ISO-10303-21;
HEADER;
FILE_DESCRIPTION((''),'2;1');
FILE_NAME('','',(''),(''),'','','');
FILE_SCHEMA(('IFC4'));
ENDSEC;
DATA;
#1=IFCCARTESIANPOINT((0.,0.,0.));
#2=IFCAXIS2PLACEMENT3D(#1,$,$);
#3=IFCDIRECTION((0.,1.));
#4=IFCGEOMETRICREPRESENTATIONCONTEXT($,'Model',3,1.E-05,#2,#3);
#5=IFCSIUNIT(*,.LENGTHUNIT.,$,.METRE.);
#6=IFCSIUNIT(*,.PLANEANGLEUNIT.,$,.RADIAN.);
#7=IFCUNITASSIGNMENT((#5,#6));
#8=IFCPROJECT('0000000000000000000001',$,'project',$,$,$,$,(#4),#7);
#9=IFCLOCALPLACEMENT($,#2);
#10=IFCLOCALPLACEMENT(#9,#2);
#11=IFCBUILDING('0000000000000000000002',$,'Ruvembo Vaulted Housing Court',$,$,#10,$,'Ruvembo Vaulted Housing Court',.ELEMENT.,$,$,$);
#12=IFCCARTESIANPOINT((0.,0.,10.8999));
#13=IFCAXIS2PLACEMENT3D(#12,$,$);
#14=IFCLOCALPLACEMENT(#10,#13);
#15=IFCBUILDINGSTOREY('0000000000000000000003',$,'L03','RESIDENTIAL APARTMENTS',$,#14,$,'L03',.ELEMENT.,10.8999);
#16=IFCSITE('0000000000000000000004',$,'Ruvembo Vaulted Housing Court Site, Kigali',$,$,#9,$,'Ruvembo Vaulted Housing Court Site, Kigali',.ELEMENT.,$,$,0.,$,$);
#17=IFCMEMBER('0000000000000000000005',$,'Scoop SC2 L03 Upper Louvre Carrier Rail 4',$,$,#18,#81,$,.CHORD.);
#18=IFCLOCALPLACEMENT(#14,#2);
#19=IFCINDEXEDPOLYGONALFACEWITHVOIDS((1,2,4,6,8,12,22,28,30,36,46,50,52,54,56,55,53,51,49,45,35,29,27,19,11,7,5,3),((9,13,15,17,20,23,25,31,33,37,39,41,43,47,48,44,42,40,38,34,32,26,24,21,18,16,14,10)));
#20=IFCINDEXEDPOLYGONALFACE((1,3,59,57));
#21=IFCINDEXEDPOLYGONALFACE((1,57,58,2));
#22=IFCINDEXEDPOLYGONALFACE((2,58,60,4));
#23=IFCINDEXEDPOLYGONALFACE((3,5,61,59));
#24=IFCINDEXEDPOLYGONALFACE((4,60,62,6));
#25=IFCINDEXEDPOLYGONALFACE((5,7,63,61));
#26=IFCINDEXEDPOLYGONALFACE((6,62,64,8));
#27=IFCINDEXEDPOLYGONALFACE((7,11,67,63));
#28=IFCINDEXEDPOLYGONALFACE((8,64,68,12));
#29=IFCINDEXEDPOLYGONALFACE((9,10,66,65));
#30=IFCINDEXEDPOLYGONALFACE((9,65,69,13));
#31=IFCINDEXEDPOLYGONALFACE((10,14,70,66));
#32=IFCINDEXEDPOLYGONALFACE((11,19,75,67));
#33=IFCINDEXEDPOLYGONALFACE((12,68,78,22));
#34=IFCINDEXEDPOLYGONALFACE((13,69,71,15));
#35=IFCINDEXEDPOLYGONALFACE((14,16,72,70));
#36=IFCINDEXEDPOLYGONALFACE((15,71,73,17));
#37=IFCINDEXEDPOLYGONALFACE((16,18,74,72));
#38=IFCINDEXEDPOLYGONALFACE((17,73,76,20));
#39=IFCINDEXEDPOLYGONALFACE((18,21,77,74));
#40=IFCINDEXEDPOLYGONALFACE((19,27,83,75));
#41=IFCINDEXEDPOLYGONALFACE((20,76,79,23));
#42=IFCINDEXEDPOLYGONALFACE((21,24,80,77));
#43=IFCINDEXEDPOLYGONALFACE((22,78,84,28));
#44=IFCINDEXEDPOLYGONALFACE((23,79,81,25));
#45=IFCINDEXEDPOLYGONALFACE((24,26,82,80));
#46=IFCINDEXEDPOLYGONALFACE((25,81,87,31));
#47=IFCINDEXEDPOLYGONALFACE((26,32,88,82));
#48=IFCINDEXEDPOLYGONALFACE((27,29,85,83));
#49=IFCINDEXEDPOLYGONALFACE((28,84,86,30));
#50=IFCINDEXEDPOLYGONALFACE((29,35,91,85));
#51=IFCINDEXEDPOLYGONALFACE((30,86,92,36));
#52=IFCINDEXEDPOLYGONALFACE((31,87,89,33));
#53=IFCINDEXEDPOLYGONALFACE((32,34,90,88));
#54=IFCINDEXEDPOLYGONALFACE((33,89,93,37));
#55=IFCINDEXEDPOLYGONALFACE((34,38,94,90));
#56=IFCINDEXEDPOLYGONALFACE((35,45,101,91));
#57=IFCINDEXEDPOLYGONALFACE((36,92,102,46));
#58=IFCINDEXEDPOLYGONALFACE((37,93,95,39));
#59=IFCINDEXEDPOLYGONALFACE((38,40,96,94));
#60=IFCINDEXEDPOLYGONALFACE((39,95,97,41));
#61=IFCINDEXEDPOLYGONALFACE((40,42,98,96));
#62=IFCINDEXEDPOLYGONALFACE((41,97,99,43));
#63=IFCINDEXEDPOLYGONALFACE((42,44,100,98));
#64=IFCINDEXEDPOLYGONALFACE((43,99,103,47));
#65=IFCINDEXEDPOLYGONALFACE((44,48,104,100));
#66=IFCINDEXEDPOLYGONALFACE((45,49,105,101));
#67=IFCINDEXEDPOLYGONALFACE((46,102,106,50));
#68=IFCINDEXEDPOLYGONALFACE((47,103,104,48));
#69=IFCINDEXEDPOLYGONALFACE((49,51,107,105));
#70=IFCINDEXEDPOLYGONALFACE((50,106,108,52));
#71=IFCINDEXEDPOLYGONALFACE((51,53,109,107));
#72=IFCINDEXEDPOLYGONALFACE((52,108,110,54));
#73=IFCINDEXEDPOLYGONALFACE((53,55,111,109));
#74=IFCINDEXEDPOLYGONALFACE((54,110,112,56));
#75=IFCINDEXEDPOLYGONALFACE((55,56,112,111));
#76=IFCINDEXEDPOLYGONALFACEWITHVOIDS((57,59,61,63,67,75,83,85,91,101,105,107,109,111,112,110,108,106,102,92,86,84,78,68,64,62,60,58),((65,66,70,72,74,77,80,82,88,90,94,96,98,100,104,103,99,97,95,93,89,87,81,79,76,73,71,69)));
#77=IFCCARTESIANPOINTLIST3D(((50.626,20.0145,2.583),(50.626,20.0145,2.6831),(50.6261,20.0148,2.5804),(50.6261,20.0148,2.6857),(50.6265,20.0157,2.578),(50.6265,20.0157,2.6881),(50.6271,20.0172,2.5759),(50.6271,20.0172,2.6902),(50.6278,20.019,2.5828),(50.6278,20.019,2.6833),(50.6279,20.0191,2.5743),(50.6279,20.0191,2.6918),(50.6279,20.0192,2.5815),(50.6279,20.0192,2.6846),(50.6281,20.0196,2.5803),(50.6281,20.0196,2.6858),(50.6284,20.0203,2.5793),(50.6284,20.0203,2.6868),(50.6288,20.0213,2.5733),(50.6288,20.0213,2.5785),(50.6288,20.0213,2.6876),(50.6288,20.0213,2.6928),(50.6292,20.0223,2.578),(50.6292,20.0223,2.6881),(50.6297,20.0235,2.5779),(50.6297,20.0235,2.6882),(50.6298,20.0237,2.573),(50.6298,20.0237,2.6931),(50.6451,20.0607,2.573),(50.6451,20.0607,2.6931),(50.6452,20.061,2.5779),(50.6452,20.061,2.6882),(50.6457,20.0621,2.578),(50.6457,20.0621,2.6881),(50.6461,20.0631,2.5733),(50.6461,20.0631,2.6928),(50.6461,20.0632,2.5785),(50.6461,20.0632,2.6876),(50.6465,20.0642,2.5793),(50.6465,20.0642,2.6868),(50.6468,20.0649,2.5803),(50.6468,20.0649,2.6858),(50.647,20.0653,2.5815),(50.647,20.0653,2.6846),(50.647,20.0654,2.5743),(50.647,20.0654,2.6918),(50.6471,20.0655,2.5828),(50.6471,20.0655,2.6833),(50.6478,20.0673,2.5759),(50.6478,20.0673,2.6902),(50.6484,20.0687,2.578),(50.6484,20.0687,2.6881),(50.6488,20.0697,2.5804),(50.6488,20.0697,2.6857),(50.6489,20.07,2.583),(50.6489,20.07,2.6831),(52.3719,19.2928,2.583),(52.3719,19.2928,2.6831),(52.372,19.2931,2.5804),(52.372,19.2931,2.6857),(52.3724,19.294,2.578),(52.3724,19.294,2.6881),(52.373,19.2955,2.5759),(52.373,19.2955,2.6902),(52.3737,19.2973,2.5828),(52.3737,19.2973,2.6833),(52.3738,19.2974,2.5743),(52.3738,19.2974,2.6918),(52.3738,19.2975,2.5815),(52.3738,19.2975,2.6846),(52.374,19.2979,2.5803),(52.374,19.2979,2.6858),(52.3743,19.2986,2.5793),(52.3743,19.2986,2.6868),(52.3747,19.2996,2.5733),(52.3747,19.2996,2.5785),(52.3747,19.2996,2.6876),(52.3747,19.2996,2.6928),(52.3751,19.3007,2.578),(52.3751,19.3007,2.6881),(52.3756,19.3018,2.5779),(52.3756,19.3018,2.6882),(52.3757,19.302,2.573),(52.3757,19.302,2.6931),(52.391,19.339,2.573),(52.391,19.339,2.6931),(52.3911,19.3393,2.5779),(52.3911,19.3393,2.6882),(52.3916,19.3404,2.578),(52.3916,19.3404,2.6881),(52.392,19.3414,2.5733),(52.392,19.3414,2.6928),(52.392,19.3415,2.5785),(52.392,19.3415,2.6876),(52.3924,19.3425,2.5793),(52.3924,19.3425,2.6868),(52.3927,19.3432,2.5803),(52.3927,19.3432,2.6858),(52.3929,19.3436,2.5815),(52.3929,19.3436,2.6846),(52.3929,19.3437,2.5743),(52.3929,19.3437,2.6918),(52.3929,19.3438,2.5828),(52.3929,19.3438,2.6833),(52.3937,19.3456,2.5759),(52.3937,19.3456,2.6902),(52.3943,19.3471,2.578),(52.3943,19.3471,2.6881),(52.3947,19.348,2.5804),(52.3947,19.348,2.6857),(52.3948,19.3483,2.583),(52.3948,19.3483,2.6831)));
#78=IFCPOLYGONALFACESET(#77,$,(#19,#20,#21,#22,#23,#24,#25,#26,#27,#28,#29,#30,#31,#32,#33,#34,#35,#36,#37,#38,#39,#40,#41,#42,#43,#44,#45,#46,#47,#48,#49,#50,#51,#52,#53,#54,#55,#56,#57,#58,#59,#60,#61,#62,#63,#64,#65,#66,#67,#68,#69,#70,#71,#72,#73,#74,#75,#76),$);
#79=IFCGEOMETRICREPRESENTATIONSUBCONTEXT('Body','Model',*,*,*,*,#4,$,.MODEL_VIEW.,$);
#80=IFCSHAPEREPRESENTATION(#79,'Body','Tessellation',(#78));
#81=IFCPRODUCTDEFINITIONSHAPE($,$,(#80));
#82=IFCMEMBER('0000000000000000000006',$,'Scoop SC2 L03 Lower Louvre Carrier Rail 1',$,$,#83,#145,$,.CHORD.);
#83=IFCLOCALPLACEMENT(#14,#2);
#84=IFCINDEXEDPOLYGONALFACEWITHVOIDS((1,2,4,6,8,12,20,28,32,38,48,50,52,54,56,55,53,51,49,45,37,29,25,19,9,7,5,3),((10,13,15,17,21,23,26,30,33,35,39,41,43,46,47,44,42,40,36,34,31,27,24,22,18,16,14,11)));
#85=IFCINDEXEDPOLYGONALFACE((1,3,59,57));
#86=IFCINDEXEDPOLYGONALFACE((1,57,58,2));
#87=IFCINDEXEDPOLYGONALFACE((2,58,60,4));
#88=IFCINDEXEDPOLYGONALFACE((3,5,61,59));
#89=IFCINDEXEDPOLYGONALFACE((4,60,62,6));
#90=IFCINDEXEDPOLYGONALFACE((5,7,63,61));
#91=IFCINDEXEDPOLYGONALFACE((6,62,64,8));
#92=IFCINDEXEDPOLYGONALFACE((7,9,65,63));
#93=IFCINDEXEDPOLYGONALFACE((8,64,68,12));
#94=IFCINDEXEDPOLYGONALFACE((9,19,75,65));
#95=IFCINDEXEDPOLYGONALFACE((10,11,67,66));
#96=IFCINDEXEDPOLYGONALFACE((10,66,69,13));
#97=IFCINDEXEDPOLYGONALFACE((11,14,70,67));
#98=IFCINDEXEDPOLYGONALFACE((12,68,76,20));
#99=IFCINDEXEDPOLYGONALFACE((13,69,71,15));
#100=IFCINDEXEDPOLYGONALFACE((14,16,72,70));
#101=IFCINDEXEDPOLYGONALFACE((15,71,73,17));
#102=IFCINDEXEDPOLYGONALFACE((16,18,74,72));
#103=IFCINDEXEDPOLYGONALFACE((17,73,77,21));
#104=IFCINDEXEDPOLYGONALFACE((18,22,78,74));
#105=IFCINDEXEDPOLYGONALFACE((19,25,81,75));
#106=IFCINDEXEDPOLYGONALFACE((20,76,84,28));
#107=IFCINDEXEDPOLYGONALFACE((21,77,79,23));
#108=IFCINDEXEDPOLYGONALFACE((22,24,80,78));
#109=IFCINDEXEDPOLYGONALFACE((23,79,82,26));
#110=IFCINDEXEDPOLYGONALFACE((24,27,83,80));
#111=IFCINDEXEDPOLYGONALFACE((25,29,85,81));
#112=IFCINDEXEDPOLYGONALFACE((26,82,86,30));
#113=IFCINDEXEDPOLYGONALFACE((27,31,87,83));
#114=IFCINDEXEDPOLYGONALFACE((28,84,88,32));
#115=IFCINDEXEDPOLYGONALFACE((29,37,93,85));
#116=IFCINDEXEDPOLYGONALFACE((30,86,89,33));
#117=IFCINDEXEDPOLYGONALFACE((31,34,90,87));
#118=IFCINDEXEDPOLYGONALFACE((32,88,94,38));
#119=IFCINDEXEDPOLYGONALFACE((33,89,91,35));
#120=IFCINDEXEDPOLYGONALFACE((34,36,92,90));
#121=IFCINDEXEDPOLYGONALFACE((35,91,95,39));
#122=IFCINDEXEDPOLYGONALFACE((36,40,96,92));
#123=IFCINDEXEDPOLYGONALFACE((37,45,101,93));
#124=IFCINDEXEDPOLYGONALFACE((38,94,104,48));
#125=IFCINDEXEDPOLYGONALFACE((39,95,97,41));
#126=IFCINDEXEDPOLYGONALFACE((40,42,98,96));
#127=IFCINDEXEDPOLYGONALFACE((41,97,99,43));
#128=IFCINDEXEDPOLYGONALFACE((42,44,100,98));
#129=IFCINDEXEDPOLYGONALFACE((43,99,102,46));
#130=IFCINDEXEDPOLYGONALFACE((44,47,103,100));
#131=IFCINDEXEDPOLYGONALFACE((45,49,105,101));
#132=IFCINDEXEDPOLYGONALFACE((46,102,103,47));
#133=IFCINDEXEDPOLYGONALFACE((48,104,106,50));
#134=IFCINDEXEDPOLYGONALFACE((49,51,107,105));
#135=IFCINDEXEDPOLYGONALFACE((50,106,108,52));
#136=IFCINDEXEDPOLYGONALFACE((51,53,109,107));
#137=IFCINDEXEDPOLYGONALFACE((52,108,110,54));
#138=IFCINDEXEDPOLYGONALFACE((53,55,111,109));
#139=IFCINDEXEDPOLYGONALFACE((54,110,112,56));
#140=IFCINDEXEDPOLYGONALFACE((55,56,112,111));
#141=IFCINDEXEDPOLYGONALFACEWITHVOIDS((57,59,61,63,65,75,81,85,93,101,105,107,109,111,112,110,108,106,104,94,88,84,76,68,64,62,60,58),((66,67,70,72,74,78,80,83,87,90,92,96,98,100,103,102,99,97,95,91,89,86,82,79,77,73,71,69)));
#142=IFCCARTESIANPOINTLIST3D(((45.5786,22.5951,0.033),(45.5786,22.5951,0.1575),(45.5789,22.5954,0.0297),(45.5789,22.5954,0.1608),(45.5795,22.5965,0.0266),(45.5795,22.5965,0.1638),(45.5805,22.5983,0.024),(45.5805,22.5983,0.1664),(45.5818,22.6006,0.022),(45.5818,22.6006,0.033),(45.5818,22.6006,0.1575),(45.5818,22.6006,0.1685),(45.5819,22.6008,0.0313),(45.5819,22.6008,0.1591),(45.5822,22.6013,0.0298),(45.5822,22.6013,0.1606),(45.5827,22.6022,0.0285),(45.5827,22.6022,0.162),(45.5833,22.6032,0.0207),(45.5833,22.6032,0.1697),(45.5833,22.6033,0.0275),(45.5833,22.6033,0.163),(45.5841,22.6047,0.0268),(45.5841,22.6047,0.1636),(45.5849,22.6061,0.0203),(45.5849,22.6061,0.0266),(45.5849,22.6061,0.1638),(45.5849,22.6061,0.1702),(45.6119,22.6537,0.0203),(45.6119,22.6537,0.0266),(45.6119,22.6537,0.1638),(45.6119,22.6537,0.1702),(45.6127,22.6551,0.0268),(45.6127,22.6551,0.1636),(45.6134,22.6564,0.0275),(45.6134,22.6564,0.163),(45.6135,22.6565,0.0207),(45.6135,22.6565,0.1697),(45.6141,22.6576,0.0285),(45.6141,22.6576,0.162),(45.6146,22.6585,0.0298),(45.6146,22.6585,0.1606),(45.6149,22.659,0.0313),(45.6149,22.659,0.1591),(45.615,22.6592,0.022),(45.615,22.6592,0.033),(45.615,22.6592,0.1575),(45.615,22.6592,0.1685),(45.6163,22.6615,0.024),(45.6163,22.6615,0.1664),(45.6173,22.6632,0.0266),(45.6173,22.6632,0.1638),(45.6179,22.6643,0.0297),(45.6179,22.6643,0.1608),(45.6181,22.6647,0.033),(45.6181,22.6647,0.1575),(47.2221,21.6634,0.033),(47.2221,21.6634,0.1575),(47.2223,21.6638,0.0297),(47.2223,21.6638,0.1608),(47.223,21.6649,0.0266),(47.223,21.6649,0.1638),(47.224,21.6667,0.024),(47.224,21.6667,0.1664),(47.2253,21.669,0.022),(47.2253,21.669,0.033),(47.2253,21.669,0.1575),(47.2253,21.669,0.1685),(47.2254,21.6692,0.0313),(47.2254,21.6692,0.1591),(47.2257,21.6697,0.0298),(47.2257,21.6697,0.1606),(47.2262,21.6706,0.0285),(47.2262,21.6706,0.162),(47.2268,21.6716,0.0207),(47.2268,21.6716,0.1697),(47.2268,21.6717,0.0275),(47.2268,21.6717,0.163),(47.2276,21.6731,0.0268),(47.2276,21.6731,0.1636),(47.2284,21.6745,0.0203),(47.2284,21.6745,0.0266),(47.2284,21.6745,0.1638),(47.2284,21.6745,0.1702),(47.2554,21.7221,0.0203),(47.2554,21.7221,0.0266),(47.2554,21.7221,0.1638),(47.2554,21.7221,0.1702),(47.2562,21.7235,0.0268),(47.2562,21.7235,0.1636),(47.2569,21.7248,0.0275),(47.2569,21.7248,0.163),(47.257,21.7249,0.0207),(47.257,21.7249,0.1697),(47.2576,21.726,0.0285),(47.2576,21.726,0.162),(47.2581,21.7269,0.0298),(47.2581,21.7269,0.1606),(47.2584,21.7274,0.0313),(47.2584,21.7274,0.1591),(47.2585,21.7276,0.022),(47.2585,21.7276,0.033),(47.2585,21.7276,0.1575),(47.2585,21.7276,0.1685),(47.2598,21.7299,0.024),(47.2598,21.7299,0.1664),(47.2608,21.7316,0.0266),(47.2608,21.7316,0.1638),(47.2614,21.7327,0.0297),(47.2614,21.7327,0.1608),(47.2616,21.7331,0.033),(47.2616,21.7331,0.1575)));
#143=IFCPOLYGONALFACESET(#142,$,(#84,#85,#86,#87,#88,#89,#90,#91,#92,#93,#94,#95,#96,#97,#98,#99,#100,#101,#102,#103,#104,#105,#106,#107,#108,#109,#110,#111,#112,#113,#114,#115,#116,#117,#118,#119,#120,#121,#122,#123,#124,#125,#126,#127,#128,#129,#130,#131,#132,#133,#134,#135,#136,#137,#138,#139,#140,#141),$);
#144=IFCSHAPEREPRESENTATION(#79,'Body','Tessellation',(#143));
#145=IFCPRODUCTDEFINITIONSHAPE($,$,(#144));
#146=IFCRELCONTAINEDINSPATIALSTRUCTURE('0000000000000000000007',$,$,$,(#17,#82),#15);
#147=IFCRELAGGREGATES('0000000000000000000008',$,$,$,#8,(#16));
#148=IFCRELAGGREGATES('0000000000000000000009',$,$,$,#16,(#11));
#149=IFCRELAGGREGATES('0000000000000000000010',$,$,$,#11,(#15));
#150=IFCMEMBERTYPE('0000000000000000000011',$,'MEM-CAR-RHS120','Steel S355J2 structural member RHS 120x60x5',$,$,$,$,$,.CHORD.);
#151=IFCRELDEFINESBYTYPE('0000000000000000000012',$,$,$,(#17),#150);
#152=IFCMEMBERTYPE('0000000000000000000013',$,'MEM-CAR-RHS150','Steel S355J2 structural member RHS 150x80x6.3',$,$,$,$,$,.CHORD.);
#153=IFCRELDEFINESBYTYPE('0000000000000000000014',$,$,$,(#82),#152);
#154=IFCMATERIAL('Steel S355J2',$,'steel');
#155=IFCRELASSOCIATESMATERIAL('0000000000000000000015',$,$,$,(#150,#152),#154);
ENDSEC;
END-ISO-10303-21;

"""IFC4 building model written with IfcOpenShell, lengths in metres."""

from ifc_helpers import new_model, si_unit, direction, frame, origin, origin_2d, place, context, subcontext, project, spatial, hollow_rectangle, extrude, material, material_profile, profile_set, type_object, element, save


model = new_model("IFC4")

# Units and contexts
model_context = context("Model", 3, precision=1e-05, world=origin(), true_north=direction((0.0, 1.0)))
body_context = subcontext(model_context, "Body", "Model", "MODEL_VIEW")
ifc_project = project(units=[si_unit("LENGTHUNIT", "METRE"), si_unit("PLANEANGLEUNIT", "RADIAN")], contexts=[model_context])

# Site, building, storey
site_placement = place(None, origin())
site = spatial("IfcSite", under=ifc_project, at=site_placement, Name="Ruvembo Vaulted Housing Court Site, Kigali", LongName="Ruvembo Vaulted Housing Court Site, Kigali", CompositionType="ELEMENT", RefElevation=0.0)
building_placement = place(site_placement, origin())
building = spatial("IfcBuilding", under=site, at=building_placement, Name="Ruvembo Vaulted Housing Court", LongName="Ruvembo Vaulted Housing Court", CompositionType="ELEMENT")
storey_placement = place(building_placement, frame((0.0, 0.0, 10.8999)))
storey = spatial("IfcBuildingStorey", under=building, at=storey_placement, Name="L03", Description="RESIDENTIAL APARTMENTS", LongName="L03", CompositionType="ELEMENT", Elevation=10.8999)

# Shared definitions
ifc_material_1 = material(Name="Steel S355J2", Category="steel")

# Members
ifc_material_profile_1 = material_profile(ifc_material_1, hollow_rectangle(XDim=0.0601, YDim=0.1201, WallThickness=0.0049, InnerFilletRadius=0.0049, OuterFilletRadius=0.01, at=origin_2d()), Name="RHS 120x60x5")
ifc_profile_set_1 = profile_set([ifc_material_profile_1], Name="Steel S355J2")
member_type_1 = type_object("IfcMemberType", Name="MEM-CAR-RHS120", Description="Steel S355J2 structural member RHS 120x60x5", PredefinedType="CHORD", material=ifc_profile_set_1)
member_1_placement = place(storey_placement, frame((50.6375, 20.0422, 2.6331), z_axis=(0.924155, -0.382017, 0.0), x_axis=(0.382017, 0.924155, 0.0)))
element("IfcMember", 1, at=member_1_placement, inside=storey, type_object=member_type_1, Name="Scoop SC2 L03 Upper Louvre Carrier Rail 4", PredefinedType="CHORD", context=body_context, shape_type="SweptSolid", body=[
    extrude(hollow_rectangle(XDim=0.0601, YDim=0.1201, WallThickness=0.0049, InnerFilletRadius=0.0049, OuterFilletRadius=0.01, at=origin_2d()), origin(), (0.0, 0.0, 1.0), 1.8892),
])
ifc_material_profile_2 = material_profile(ifc_material_1, hollow_rectangle(XDim=0.0801, YDim=0.1499, WallThickness=0.0063, InnerFilletRadius=0.0063, OuterFilletRadius=0.0127, at=origin_2d()), Name="RHS 150x80x6.3")
ifc_profile_set_2 = profile_set([ifc_material_profile_2], Name="Steel S355J2")
member_type_2 = type_object("IfcMemberType", Name="MEM-CAR-RHS150", Description="Steel S355J2 structural member RHS 150x80x6.3", PredefinedType="CHORD", material=ifc_profile_set_2)
member_2_placement = place(storey_placement, frame((45.5984, 22.6299, 0.0952), z_axis=(0.869956, -0.49313, 0.0), x_axis=(0.49313, 0.869956, 0.0)))
element("IfcMember", 2, at=member_2_placement, inside=storey, type_object=member_type_2, Name="Scoop SC2 L03 Lower Louvre Carrier Rail 1", PredefinedType="CHORD", context=body_context, shape_type="SweptSolid", body=[
    extrude(hollow_rectangle(XDim=0.0801, YDim=0.1499, WallThickness=0.0063, InnerFilletRadius=0.0063, OuterFilletRadius=0.0127, at=origin_2d()), origin(), (0.0, 0.0, 1.0), 1.8892),
])

save(model, "model.ifc")
